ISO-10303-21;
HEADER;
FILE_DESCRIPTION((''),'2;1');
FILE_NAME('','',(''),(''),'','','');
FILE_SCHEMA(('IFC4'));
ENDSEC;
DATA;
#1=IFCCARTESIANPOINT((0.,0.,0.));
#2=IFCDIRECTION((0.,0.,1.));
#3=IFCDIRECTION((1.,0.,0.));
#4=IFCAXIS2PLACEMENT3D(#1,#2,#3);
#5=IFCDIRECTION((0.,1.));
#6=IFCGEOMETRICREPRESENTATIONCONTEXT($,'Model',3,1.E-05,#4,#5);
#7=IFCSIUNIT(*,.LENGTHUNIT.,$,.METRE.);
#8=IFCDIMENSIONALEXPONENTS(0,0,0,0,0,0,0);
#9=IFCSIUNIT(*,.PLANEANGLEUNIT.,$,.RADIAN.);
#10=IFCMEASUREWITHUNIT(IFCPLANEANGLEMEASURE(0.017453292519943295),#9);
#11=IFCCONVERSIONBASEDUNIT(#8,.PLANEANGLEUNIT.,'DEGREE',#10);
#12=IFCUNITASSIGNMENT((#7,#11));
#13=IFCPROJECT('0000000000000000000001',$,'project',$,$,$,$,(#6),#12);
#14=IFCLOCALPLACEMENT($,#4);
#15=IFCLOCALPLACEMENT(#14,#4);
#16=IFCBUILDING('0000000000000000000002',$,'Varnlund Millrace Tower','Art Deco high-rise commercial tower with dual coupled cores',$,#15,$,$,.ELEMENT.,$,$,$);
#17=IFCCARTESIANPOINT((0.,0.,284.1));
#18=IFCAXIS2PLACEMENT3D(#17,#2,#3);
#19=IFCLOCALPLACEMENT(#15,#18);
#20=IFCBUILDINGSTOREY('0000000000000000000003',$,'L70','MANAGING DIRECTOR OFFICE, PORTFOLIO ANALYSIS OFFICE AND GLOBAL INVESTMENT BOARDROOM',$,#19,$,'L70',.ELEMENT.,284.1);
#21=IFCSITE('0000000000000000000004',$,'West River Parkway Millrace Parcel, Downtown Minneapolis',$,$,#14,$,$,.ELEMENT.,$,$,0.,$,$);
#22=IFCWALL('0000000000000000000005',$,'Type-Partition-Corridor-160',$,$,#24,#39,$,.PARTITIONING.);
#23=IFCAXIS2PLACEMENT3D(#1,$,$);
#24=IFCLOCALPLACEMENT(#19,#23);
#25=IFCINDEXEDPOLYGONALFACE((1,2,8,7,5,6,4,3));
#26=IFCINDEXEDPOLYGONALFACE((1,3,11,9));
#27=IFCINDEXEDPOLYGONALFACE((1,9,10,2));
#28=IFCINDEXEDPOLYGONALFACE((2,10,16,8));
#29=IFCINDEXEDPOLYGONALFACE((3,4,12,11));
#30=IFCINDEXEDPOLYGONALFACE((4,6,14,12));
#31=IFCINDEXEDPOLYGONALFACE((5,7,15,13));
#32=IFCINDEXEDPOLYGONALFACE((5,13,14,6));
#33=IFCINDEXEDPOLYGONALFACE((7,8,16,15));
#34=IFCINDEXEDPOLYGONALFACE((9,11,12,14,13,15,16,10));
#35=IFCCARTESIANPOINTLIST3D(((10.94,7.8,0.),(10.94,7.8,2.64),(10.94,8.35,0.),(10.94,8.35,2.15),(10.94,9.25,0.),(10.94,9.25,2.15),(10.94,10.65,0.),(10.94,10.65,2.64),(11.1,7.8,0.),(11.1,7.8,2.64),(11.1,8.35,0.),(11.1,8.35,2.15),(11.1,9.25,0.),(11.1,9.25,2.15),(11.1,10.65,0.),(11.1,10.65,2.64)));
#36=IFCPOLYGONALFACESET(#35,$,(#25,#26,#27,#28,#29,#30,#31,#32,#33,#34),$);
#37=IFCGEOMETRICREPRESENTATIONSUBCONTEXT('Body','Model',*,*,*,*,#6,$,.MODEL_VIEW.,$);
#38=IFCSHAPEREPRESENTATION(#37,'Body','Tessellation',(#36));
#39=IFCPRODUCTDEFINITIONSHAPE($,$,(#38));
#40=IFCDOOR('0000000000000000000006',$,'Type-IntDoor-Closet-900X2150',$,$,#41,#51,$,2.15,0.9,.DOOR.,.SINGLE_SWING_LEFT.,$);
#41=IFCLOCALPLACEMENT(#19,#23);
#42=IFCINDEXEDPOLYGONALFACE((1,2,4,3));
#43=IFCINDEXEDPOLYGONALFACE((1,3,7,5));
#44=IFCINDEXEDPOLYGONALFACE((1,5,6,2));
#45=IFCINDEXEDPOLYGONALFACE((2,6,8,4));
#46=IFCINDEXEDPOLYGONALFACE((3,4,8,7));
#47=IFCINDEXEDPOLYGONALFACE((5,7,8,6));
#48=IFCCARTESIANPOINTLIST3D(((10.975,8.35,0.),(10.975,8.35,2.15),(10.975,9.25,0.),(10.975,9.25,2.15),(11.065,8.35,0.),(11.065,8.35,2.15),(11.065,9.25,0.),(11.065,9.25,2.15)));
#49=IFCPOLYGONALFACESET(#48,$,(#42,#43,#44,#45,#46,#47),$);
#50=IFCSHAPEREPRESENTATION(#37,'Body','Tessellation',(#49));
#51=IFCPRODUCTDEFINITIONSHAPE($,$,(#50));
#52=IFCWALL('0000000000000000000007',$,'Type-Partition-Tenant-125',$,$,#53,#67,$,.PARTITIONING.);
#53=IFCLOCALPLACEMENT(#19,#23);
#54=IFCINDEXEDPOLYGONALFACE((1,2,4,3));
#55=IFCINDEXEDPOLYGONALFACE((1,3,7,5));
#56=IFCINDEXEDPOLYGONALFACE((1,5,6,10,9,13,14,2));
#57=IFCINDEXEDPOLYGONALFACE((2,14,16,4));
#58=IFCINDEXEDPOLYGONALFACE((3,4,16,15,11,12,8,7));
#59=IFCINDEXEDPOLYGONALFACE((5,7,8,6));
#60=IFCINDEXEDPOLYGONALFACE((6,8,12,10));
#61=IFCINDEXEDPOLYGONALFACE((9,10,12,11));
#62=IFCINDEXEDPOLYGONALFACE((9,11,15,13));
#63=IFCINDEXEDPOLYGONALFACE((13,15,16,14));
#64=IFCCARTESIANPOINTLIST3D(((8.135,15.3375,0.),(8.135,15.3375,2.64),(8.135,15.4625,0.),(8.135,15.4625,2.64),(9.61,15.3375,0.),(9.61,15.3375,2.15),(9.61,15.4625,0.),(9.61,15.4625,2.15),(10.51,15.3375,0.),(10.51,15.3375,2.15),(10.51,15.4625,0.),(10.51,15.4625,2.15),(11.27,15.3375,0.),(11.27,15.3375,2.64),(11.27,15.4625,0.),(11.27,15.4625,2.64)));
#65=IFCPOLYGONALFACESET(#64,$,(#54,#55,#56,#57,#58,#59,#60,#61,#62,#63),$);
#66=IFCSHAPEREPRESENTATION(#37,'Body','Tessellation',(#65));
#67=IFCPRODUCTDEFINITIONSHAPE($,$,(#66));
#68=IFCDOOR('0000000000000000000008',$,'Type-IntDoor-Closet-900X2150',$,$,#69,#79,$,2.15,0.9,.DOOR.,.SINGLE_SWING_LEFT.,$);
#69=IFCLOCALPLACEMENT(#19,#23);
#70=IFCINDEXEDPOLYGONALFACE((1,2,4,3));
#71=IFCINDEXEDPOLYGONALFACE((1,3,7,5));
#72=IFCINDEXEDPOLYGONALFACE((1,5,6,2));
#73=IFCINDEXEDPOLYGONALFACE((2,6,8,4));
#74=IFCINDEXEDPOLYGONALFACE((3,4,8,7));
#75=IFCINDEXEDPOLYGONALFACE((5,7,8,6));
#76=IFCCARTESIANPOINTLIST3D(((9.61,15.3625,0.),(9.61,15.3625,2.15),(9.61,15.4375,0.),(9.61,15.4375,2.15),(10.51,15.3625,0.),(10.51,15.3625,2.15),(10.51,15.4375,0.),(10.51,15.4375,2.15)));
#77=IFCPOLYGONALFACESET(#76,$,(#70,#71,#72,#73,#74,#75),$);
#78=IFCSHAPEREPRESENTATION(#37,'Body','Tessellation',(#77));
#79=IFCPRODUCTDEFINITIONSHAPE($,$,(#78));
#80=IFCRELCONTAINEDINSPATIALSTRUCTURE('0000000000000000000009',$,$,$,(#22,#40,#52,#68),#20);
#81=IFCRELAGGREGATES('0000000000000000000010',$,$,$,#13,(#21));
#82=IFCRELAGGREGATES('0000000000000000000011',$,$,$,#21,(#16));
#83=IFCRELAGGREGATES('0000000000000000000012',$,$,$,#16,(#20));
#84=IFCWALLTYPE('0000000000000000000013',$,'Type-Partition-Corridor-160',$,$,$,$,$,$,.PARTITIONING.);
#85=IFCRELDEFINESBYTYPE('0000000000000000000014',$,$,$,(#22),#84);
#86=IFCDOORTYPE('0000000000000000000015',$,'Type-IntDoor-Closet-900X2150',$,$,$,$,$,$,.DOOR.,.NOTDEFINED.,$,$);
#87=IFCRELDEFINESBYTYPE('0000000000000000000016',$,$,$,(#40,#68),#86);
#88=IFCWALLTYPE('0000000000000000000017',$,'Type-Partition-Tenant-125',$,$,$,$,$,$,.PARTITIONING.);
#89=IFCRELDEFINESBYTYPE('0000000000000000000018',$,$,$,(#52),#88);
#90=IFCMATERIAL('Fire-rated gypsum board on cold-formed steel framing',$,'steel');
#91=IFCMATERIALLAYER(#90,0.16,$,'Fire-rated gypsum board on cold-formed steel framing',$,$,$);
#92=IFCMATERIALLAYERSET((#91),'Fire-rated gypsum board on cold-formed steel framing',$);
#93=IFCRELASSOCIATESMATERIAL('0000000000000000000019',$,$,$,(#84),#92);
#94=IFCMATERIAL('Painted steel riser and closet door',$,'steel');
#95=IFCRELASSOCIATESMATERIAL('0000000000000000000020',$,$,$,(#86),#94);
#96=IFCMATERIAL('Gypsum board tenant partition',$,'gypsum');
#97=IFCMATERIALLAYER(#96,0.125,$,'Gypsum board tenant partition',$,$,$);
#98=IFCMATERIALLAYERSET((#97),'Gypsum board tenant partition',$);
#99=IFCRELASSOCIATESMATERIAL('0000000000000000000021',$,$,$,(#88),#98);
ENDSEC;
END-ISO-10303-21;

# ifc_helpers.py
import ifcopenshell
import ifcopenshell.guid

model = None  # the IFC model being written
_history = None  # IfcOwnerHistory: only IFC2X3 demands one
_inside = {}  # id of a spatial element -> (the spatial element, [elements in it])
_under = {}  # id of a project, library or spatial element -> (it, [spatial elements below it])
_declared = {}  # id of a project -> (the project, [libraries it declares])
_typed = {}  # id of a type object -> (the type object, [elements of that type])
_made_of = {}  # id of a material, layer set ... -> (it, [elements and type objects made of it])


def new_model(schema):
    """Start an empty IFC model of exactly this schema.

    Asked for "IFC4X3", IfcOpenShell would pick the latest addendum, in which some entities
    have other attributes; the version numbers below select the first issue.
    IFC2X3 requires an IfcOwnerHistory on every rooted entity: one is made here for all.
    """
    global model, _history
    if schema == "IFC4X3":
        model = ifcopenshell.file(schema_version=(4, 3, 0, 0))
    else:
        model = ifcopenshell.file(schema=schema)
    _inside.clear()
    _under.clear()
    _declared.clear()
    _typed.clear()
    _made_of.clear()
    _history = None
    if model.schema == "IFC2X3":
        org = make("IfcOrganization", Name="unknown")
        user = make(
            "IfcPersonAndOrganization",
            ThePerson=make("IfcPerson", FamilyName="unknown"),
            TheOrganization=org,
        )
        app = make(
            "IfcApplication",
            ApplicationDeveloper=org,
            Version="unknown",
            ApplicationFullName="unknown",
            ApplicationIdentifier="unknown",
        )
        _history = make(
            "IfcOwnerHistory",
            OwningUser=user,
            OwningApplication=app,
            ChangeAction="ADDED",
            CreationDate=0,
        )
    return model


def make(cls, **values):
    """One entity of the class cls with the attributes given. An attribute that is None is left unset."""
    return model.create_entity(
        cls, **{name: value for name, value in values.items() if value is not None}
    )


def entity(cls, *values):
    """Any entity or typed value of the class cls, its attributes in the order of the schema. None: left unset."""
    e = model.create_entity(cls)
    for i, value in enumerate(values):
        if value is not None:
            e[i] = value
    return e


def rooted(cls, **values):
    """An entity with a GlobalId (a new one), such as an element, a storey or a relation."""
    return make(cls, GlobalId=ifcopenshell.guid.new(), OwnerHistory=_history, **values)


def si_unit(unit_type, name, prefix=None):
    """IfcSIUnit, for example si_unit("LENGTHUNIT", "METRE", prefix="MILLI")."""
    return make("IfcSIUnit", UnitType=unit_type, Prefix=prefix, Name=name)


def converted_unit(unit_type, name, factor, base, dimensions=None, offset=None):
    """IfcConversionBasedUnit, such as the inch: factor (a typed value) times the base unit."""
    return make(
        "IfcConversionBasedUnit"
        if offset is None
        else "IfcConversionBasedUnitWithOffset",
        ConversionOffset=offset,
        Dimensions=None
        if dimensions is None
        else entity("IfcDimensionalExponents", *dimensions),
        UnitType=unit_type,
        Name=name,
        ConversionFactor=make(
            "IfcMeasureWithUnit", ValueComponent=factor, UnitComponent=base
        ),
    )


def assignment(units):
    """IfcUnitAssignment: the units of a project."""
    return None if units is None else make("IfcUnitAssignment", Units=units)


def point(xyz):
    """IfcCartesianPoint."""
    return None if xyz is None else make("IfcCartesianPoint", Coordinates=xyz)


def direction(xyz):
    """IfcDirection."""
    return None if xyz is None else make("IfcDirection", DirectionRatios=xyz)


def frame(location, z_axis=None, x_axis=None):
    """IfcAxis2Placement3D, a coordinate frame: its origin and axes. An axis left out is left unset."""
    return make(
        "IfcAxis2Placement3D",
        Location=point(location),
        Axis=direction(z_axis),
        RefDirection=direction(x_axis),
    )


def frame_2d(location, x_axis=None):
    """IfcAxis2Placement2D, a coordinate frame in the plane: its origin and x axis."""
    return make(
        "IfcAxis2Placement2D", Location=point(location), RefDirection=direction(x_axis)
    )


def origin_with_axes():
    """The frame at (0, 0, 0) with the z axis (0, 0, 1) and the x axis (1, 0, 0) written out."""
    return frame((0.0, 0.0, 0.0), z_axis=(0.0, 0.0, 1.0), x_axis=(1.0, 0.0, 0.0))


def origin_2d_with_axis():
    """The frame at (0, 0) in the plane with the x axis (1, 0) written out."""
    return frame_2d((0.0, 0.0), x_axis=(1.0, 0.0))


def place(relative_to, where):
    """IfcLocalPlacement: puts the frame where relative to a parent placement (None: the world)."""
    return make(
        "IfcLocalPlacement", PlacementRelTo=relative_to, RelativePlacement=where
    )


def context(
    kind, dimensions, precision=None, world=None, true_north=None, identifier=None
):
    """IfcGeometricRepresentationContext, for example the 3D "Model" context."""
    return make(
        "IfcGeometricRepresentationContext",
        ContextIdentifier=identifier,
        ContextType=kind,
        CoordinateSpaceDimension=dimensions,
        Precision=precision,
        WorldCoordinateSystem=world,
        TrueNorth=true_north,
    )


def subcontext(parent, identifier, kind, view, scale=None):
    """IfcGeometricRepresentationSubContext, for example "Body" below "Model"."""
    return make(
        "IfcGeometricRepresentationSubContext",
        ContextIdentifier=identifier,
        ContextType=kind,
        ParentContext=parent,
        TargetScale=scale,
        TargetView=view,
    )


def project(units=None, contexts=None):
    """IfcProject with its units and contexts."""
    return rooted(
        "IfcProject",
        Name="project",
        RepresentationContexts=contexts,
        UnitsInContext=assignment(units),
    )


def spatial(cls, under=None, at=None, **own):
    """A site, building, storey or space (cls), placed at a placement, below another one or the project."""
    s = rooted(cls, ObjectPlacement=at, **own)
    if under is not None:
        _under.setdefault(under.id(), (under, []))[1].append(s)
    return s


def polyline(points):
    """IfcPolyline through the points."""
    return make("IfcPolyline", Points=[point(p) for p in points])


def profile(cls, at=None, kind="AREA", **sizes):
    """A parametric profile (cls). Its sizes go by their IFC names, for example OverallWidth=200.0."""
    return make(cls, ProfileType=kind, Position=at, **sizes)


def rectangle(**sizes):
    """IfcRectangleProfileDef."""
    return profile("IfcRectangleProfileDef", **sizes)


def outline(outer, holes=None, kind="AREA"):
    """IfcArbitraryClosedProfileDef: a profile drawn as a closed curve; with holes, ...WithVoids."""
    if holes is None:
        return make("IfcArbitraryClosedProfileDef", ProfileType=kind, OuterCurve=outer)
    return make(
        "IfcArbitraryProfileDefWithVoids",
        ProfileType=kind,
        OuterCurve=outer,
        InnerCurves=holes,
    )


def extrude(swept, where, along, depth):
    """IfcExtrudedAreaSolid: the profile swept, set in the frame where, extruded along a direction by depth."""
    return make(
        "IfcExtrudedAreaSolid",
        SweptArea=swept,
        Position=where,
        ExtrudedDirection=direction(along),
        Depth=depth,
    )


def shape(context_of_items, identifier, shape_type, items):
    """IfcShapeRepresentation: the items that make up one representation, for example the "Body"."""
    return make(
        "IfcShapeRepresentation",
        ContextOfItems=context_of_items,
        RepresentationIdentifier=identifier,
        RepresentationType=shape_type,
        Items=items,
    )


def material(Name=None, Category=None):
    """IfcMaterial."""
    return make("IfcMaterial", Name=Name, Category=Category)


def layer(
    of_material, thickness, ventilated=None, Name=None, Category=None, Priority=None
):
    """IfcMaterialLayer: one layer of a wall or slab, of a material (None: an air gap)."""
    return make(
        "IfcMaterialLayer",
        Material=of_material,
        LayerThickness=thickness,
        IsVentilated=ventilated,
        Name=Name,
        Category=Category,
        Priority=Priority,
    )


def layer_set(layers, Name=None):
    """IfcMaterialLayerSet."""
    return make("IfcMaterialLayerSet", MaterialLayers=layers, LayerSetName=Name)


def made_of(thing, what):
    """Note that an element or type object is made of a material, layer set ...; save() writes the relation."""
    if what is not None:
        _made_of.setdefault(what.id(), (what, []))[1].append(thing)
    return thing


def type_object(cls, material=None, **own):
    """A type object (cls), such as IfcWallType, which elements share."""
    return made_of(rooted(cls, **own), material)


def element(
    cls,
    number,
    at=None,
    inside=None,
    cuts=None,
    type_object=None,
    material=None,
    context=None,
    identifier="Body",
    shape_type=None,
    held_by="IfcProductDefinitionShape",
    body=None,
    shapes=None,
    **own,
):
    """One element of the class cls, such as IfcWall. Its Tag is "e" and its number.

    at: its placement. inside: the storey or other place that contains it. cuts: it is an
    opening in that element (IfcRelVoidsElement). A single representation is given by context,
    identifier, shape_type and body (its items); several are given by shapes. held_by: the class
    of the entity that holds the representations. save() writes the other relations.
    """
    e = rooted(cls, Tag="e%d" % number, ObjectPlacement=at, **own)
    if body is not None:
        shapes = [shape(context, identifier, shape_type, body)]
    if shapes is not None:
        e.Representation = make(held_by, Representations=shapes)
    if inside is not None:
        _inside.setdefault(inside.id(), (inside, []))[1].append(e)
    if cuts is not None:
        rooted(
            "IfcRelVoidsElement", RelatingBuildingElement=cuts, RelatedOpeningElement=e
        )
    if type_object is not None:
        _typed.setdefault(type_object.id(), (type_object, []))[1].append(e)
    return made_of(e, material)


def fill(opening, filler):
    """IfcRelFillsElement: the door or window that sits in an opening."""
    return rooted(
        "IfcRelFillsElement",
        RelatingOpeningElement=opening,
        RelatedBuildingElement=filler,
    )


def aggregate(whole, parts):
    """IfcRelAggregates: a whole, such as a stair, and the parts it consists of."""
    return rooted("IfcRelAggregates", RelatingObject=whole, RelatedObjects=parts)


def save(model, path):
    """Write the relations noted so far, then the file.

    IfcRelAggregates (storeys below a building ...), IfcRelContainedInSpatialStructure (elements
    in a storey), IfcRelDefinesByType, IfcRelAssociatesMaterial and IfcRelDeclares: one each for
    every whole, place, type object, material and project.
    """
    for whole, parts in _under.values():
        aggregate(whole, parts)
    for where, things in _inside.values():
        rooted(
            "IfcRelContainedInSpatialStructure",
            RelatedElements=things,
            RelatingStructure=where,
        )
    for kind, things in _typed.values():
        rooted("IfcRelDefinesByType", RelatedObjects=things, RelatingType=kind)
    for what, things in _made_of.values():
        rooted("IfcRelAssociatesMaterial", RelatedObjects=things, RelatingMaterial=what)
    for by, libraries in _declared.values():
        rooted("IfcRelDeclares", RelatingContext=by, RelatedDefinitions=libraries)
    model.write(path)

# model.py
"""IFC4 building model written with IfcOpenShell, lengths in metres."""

from ifc_helpers import new_model, entity, si_unit, converted_unit, direction, frame, origin_with_axes, origin_2d_with_axis, place, context, subcontext, project, spatial, polyline, rectangle, outline, extrude, material, layer, layer_set, type_object, element, fill, save


model = new_model("IFC4")

# Units and contexts
model_context = context("Model", 3, precision=1e-05, world=origin_with_axes(), true_north=direction((0.0, 1.0)))
body_context = subcontext(model_context, "Body", "Model", "MODEL_VIEW")
ifc_project = project(units=[si_unit("LENGTHUNIT", "METRE"), converted_unit("PLANEANGLEUNIT", "DEGREE", entity("IfcPlaneAngleMeasure", 0.017453292519943295), si_unit("PLANEANGLEUNIT", "RADIAN"), dimensions=[0, 0, 0, 0, 0, 0, 0])], contexts=[model_context])

# Site, building, storey
site_placement = place(None, origin_with_axes())
site = spatial("IfcSite", under=ifc_project, at=site_placement, Name="West River Parkway Millrace Parcel, Downtown Minneapolis", CompositionType="ELEMENT", RefElevation=0.0)
building_placement = place(site_placement, origin_with_axes())
building = spatial("IfcBuilding", under=site, at=building_placement, Name="Varnlund Millrace Tower", Description="Art Deco high-rise commercial tower with dual coupled cores", CompositionType="ELEMENT")
storey_placement = place(building_placement, frame((0.0, 0.0, 284.1), z_axis=(0.0, 0.0, 1.0), x_axis=(1.0, 0.0, 0.0)))
storey = spatial("IfcBuildingStorey", under=building, at=storey_placement, Name="L70", Description="MANAGING DIRECTOR OFFICE, PORTFOLIO ANALYSIS OFFICE AND GLOBAL INVESTMENT BOARDROOM", LongName="L70", CompositionType="ELEMENT", Elevation=284.1)

# Walls, openings, doors
ifc_material_1 = material(Name="Fire-rated gypsum board on cold-formed steel framing", Category="steel")
ifc_layer_1 = layer(ifc_material_1, 0.16, Name="Fire-rated gypsum board on cold-formed steel framing")
ifc_layer_set_1 = layer_set([ifc_layer_1], Name="Fire-rated gypsum board on cold-formed steel framing")
wall_type_1 = type_object("IfcWallType", Name="Type-Partition-Corridor-160", PredefinedType="PARTITIONING", material=ifc_layer_set_1)
wall_1_placement = place(storey_placement, frame((11.02, 7.8, 0.0), z_axis=(0.0, 0.0, 1.0), x_axis=(0.0, 1.0, 0.0)))
wall_1 = element("IfcWall", 1, at=wall_1_placement, inside=storey, type_object=wall_type_1, Name="Type-Partition-Corridor-160", PredefinedType="PARTITIONING", context=body_context, shape_type="SweptSolid", body=[
    extrude(outline(polyline([(0.0, -0.08), (2.85, -0.08), (2.85, 0.08), (0.0, 0.08), (0.0, -0.08)])), origin_with_axes(), (0.0, 0.0, 1.0), 2.64),
])
opening_1_placement = place(wall_1_placement, frame((1.0, 0.0, 0.0), z_axis=(0.0, 0.0, 1.0), x_axis=(1.0, 0.0, 0.0)))
opening_1 = element("IfcOpeningElement", 2, at=opening_1_placement, cuts=wall_1, PredefinedType="OPENING", context=body_context, shape_type="SweptSolid", body=[
    extrude(rectangle(XDim=0.9, YDim=0.18, at=origin_2d_with_axis()), origin_with_axes(), (0.0, 0.0, 1.0), 2.15),
])
ifc_material_2 = material(Name="Painted steel riser and closet door", Category="steel")
door_type = type_object("IfcDoorType", Name="Type-IntDoor-Closet-900X2150", OperationType="NOTDEFINED", PredefinedType="DOOR", material=ifc_material_2)
door_1_placement = place(wall_1_placement, frame((1.0, 0.0, 0.0), z_axis=(0.0, 0.0, 1.0), x_axis=(1.0, 0.0, 0.0)))
door_1 = element("IfcDoor", 3, at=door_1_placement, inside=storey, type_object=door_type, Name="Type-IntDoor-Closet-900X2150", OperationType="SINGLE_SWING_LEFT", OverallHeight=2.15, OverallWidth=0.9, PredefinedType="DOOR", context=body_context, shape_type="SweptSolid", body=[
    extrude(rectangle(XDim=0.9, YDim=0.09, at=origin_2d_with_axis()), origin_with_axes(), (0.0, 0.0, 1.0), 2.15),
])
fill(opening_1, door_1)
ifc_material_3 = material(Name="Gypsum board tenant partition", Category="gypsum")
ifc_layer_2 = layer(ifc_material_3, 0.125, Name="Gypsum board tenant partition")
ifc_layer_set_2 = layer_set([ifc_layer_2], Name="Gypsum board tenant partition")
wall_type_2 = type_object("IfcWallType", Name="Type-Partition-Tenant-125", PredefinedType="PARTITIONING", material=ifc_layer_set_2)
wall_2_placement = place(storey_placement, frame((8.135, 15.4, 0.0), z_axis=(0.0, 0.0, 1.0), x_axis=(1.0, 0.0, 0.0)))
wall_2 = element("IfcWall", 4, at=wall_2_placement, inside=storey, type_object=wall_type_2, Name="Type-Partition-Tenant-125", PredefinedType="PARTITIONING", context=body_context, shape_type="SweptSolid", body=[
    extrude(outline(polyline([(0.0, -0.0625), (3.135, -0.0625), (3.135, 0.0625), (0.0, 0.0625), (0.0, -0.0625)])), origin_with_axes(), (0.0, 0.0, 1.0), 2.64),
])
opening_2_placement = place(wall_2_placement, frame((1.925, 0.0, 0.0), z_axis=(0.0, 0.0, 1.0), x_axis=(1.0, 0.0, 0.0)))
opening_2 = element("IfcOpeningElement", 5, at=opening_2_placement, cuts=wall_2, PredefinedType="OPENING", context=body_context, shape_type="SweptSolid", body=[
    extrude(rectangle(XDim=0.9, YDim=0.145, at=origin_2d_with_axis()), origin_with_axes(), (0.0, 0.0, 1.0), 2.15),
])
door_2_placement = place(wall_2_placement, frame((1.925, 0.0, 0.0), z_axis=(0.0, 0.0, 1.0), x_axis=(1.0, 0.0, 0.0)))
door_2 = element("IfcDoor", 6, at=door_2_placement, inside=storey, type_object=door_type, Name="Type-IntDoor-Closet-900X2150", OperationType="SINGLE_SWING_LEFT", OverallHeight=2.15, OverallWidth=0.9, PredefinedType="DOOR", context=body_context, shape_type="SweptSolid", body=[
    extrude(rectangle(XDim=0.9, YDim=0.075, at=origin_2d_with_axis()), origin_with_axes(), (0.0, 0.0, 1.0), 2.15),
])
fill(opening_2, door_2)

save(model, "model.ifc")
